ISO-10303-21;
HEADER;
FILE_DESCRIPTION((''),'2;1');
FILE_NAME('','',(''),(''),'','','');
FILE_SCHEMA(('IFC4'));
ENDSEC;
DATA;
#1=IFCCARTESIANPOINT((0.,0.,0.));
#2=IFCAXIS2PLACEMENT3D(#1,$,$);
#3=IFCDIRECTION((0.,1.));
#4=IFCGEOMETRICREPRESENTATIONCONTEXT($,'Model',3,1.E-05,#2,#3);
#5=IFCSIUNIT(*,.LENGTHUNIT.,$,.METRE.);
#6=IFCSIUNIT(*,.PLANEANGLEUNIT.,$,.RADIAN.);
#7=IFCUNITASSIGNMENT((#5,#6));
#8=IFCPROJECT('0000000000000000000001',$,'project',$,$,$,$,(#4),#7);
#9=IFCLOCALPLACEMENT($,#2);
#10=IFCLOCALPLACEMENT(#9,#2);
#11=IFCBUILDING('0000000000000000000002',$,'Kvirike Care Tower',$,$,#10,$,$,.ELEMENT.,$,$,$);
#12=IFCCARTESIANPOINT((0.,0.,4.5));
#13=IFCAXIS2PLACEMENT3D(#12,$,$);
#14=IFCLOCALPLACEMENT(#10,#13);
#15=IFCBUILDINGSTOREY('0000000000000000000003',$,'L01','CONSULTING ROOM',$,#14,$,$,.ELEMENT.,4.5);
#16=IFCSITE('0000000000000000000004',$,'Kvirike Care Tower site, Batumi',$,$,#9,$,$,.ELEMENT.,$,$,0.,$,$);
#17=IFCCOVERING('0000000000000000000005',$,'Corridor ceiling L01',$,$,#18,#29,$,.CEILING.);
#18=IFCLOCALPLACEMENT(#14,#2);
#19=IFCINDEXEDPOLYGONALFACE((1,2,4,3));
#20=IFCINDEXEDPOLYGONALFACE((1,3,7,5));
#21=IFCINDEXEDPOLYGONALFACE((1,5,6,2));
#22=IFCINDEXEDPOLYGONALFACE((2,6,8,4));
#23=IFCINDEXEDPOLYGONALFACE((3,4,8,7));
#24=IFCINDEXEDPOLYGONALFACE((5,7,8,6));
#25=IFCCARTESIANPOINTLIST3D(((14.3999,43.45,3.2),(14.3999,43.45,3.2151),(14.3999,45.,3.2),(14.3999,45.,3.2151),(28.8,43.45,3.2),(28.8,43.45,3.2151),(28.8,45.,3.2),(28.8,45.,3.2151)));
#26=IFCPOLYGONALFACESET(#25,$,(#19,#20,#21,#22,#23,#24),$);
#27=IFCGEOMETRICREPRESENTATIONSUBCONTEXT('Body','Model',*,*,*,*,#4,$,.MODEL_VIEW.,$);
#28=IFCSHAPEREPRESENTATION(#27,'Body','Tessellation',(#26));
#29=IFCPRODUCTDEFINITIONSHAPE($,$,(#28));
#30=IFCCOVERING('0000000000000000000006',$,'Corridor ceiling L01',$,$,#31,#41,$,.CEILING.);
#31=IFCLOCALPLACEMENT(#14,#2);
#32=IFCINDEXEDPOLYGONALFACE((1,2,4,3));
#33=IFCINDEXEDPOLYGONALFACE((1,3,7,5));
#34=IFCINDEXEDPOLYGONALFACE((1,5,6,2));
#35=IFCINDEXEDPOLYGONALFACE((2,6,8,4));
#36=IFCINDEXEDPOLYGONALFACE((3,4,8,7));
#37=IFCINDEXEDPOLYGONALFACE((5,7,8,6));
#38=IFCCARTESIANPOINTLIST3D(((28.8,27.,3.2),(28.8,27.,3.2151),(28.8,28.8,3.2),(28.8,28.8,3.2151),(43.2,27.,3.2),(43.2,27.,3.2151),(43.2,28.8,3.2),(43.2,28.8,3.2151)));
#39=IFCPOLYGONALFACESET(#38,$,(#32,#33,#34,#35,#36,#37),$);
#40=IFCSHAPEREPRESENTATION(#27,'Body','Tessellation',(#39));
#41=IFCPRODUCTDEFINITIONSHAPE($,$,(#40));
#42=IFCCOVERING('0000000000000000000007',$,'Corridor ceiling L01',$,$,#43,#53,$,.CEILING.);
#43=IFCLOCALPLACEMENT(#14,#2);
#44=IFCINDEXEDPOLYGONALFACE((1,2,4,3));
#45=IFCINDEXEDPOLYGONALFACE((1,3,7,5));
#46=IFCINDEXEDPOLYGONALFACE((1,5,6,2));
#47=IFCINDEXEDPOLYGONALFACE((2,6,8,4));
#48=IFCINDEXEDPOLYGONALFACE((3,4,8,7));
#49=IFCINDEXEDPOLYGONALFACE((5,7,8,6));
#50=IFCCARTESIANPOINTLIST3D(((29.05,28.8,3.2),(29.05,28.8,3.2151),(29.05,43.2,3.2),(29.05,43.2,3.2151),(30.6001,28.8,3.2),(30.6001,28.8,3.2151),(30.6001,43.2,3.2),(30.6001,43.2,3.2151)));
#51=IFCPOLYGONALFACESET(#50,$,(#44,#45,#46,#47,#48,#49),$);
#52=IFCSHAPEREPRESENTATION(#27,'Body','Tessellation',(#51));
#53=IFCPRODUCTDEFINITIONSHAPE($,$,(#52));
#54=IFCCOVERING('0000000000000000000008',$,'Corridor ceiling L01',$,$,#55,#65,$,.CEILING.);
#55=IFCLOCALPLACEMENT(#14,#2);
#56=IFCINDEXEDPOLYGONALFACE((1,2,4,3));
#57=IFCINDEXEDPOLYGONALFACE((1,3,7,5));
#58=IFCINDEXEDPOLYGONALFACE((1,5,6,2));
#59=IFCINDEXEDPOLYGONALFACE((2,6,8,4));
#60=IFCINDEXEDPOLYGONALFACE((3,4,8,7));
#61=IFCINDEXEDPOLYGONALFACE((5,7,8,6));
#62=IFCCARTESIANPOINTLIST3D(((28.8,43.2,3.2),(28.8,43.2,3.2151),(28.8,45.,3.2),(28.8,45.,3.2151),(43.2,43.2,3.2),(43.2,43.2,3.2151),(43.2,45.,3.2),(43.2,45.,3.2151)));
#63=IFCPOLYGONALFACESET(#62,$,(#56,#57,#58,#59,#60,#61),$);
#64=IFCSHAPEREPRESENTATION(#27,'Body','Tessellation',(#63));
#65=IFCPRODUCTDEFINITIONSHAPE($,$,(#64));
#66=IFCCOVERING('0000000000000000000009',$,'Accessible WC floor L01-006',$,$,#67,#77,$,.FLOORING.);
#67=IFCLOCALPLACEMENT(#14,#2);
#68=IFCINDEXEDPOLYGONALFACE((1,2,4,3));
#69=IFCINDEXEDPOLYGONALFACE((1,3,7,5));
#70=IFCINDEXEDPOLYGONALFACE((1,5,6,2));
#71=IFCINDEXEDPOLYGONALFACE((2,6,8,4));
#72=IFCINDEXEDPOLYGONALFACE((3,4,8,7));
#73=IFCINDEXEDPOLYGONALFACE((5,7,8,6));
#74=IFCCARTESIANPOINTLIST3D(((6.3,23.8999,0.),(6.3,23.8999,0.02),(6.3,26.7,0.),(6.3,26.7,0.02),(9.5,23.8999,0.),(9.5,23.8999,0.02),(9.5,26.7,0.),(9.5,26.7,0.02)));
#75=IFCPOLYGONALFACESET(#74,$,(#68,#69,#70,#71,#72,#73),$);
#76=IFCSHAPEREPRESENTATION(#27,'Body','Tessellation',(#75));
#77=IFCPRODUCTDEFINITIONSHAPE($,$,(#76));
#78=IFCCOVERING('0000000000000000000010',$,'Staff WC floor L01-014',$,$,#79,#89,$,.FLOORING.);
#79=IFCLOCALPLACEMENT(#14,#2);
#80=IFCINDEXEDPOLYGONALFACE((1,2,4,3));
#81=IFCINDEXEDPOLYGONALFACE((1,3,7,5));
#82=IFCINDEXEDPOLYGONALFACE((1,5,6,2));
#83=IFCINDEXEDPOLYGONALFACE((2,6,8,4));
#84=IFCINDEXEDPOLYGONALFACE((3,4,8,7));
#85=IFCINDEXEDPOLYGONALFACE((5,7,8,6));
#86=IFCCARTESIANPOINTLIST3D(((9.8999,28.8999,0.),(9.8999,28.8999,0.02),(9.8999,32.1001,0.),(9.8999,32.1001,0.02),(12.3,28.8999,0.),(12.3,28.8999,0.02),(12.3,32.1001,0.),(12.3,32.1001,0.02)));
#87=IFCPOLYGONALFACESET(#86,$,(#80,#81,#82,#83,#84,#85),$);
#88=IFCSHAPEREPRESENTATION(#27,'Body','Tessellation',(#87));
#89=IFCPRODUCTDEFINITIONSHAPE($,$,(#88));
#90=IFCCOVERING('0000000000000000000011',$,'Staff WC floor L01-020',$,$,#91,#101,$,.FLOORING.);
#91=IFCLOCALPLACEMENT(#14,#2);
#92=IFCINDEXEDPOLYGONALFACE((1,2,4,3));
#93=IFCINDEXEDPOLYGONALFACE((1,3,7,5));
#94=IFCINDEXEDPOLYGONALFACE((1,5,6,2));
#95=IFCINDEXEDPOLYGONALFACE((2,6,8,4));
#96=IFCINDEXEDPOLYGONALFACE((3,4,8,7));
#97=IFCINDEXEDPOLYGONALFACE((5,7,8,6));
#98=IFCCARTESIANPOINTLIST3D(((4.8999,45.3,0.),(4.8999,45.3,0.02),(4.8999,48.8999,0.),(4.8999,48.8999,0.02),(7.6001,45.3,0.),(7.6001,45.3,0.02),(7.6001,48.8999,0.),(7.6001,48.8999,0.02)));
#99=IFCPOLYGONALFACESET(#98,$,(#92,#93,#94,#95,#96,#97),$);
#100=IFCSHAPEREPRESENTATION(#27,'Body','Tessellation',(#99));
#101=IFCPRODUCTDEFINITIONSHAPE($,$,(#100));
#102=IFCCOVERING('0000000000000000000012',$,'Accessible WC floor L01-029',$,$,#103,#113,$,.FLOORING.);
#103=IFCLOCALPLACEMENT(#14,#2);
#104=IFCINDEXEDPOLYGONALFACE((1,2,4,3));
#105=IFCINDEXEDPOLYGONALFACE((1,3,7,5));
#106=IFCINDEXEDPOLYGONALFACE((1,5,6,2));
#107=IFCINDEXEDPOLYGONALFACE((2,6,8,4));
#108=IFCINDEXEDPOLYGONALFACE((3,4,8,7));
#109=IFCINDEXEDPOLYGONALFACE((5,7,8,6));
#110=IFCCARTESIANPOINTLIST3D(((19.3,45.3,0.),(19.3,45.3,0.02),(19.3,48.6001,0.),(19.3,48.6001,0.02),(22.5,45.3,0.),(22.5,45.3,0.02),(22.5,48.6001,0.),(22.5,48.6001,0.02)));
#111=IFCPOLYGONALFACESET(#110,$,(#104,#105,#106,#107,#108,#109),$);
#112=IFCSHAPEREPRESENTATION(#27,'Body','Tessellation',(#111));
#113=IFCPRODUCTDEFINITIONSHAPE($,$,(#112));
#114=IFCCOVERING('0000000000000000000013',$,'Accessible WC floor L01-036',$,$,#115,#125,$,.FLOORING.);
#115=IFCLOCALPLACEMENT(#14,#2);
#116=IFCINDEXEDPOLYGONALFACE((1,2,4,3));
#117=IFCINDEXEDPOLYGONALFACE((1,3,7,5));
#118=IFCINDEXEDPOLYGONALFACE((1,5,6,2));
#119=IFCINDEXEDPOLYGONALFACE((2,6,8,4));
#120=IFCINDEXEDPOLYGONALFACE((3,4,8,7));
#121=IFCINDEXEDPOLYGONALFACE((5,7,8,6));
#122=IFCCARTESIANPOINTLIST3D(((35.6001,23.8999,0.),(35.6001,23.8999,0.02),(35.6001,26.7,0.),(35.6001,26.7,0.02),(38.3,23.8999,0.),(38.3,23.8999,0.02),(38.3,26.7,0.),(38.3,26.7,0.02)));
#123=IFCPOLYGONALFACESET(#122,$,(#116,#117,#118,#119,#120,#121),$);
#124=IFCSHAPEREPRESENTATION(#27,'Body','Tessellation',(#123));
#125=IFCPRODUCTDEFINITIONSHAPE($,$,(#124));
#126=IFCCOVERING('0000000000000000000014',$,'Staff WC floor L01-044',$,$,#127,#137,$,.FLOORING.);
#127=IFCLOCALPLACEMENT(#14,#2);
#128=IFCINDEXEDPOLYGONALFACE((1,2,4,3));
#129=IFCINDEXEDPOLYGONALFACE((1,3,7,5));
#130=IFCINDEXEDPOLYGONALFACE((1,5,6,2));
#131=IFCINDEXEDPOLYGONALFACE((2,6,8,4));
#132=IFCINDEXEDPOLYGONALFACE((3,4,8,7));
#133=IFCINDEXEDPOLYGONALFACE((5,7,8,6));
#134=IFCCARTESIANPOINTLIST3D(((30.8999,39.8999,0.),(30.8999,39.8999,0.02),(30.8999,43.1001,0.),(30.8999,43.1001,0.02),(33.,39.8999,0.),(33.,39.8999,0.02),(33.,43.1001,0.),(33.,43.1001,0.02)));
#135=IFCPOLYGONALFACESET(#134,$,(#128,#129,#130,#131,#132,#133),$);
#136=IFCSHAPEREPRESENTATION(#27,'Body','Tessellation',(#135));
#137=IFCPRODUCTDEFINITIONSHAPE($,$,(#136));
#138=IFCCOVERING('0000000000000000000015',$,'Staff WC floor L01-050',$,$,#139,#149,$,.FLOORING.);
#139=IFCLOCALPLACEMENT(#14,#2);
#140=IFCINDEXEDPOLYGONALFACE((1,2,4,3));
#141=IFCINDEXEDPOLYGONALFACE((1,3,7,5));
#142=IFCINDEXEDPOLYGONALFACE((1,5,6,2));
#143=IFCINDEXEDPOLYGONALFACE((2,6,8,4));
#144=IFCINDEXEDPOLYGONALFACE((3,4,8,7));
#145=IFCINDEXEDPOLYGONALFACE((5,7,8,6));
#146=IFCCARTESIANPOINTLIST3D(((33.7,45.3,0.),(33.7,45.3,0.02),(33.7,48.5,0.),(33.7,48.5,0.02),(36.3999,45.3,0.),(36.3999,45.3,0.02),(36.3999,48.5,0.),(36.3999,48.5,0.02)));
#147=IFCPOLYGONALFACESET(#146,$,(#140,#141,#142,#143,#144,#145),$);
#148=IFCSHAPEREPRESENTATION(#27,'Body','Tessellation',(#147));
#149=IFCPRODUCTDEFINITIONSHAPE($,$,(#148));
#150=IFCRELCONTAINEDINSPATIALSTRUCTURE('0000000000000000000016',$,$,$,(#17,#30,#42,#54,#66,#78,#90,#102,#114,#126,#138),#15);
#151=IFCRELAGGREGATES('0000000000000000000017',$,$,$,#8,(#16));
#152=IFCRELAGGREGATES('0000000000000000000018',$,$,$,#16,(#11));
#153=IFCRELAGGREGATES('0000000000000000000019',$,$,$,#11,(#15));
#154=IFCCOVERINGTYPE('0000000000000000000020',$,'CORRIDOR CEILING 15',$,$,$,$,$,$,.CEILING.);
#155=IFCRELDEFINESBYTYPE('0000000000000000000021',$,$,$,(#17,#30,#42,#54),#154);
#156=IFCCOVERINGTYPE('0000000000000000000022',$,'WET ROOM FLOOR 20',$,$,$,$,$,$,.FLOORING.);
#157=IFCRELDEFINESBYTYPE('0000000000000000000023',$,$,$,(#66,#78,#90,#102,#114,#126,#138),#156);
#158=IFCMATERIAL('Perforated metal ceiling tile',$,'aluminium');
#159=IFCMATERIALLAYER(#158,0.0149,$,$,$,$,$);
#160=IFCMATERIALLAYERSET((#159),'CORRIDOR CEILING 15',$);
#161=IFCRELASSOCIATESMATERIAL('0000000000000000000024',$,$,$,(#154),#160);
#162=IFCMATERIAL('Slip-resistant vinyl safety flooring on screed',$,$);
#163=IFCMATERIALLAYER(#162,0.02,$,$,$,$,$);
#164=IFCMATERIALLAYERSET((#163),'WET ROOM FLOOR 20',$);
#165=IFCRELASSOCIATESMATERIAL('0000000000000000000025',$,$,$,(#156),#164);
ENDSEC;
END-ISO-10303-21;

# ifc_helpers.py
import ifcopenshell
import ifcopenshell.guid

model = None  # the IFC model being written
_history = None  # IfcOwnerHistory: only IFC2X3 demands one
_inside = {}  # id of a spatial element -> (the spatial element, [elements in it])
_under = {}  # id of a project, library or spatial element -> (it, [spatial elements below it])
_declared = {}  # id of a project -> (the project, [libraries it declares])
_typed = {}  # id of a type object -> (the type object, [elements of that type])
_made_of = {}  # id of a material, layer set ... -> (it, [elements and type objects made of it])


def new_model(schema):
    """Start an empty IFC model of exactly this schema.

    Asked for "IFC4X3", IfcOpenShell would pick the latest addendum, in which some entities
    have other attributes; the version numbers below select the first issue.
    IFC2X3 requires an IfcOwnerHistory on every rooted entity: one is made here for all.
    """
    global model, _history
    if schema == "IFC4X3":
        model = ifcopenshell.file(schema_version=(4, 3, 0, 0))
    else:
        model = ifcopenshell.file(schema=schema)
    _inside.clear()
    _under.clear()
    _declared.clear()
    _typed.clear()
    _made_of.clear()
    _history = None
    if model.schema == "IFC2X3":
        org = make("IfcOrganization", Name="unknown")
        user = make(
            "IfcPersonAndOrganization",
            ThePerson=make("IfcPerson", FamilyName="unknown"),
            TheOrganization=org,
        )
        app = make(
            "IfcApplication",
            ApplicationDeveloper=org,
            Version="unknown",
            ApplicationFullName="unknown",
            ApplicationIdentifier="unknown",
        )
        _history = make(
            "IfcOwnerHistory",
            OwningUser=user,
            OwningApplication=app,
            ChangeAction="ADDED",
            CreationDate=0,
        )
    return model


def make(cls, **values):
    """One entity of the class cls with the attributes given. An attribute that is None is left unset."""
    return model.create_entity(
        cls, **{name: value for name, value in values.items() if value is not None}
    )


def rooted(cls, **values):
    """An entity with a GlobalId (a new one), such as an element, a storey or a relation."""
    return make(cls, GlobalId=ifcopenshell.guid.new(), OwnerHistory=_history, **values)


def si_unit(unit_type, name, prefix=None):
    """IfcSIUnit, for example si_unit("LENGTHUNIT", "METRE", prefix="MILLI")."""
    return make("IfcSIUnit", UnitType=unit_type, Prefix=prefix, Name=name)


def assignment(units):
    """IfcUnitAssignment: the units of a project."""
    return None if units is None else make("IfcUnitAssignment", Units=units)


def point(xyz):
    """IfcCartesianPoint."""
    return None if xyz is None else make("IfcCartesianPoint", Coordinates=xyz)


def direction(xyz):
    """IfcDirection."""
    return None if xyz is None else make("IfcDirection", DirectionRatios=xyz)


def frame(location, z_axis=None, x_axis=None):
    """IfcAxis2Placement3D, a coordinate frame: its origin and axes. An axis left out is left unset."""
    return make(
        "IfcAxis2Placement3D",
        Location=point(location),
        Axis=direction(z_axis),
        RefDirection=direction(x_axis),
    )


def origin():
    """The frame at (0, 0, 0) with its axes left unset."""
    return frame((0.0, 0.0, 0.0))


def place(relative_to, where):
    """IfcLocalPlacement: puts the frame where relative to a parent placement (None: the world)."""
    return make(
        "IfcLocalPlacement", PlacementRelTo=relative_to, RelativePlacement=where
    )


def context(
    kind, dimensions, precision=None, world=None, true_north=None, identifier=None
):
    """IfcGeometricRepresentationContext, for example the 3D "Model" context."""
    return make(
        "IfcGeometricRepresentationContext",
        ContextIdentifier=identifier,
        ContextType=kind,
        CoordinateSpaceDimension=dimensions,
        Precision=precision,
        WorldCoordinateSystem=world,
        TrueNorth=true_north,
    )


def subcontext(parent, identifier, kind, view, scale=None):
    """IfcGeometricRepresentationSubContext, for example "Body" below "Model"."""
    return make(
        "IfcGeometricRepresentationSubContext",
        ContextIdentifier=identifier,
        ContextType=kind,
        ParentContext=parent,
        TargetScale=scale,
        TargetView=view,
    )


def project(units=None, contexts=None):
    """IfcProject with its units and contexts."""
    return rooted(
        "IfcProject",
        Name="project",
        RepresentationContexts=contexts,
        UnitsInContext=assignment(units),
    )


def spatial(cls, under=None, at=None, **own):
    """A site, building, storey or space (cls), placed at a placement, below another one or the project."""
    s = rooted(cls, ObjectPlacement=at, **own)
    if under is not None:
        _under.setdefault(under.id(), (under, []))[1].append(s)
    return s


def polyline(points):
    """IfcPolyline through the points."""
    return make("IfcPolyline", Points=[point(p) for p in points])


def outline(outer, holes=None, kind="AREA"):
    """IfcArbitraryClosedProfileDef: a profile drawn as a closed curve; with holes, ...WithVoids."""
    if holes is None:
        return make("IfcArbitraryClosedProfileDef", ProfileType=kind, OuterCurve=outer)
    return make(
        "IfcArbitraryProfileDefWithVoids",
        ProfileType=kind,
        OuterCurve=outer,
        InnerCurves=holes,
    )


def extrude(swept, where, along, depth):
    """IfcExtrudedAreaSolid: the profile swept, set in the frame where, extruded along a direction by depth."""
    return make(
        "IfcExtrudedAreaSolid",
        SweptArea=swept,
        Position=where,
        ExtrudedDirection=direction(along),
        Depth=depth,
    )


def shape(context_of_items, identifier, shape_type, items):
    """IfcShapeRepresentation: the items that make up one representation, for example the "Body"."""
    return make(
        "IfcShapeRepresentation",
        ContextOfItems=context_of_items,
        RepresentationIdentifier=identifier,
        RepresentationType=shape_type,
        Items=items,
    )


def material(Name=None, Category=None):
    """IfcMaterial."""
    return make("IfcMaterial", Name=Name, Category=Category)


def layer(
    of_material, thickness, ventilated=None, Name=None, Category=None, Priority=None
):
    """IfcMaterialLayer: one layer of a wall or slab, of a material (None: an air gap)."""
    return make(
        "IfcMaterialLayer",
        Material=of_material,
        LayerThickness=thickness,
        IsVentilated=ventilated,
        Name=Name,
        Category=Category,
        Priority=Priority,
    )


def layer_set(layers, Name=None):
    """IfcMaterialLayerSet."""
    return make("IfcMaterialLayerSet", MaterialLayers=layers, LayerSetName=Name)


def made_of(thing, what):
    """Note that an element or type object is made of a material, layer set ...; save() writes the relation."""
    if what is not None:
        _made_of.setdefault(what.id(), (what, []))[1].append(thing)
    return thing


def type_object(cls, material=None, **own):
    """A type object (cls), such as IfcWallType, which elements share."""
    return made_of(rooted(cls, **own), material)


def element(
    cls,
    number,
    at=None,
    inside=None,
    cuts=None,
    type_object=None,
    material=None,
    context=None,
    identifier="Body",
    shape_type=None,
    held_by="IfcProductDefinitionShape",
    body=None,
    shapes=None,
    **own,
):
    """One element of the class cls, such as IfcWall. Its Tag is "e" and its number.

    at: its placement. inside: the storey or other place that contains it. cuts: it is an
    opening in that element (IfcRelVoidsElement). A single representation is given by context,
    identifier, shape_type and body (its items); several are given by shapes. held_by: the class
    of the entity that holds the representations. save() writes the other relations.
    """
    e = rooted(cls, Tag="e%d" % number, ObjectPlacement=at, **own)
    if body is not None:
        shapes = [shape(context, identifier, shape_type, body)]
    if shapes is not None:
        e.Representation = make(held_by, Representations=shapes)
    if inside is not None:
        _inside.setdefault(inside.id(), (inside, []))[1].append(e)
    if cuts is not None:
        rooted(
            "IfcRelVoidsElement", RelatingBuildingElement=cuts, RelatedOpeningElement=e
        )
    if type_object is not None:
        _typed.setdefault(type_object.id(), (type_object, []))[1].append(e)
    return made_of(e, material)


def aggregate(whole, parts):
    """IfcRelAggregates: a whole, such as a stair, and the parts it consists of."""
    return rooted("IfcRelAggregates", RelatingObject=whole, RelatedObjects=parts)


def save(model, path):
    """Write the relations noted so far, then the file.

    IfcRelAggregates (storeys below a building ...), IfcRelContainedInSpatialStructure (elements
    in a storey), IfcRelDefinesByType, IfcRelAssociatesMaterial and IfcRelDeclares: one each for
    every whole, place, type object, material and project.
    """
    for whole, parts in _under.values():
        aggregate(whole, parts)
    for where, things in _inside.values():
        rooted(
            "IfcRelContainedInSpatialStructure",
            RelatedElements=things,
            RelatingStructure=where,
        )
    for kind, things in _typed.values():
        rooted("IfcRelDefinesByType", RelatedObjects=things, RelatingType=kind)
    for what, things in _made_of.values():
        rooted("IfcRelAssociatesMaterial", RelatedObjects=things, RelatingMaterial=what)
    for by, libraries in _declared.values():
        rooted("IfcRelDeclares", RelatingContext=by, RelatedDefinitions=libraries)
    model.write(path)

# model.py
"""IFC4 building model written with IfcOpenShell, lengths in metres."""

from ifc_helpers import new_model, si_unit, direction, frame, origin, place, context, subcontext, project, spatial, polyline, outline, extrude, material, layer, layer_set, type_object, element, save


model = new_model("IFC4")

# Units and contexts
model_context = context("Model", 3, precision=1e-05, world=origin(), true_north=direction((0.0, 1.0)))
body_context = subcontext(model_context, "Body", "Model", "MODEL_VIEW")
ifc_project = project(units=[si_unit("LENGTHUNIT", "METRE"), si_unit("PLANEANGLEUNIT", "RADIAN")], contexts=[model_context])

# Site, building, storey
site_placement = place(None, origin())
site = spatial("IfcSite", under=ifc_project, at=site_placement, Name="Kvirike Care Tower site, Batumi", CompositionType="ELEMENT", RefElevation=0.0)
building_placement = place(site_placement, origin())
building = spatial("IfcBuilding", under=site, at=building_placement, Name="Kvirike Care Tower", CompositionType="ELEMENT")
storey_placement = place(building_placement, frame((0.0, 0.0, 4.5)))
storey = spatial("IfcBuildingStorey", under=building, at=storey_placement, Name="L01", Description="CONSULTING ROOM", CompositionType="ELEMENT", Elevation=4.5)

# Coverings
ifc_material_1 = material(Name="Perforated metal ceiling tile", Category="aluminium")
ifc_layer_1 = layer(ifc_material_1, 0.0149)
ifc_layer_set_1 = layer_set([ifc_layer_1], Name="CORRIDOR CEILING 15")
covering_type_1 = type_object("IfcCoveringType", Name="CORRIDOR CEILING 15", PredefinedType="CEILING", material=ifc_layer_set_1)
covering_1_placement = place(storey_placement, frame((0.0, 0.0, 3.2)))
element("IfcCovering", 1, at=covering_1_placement, inside=storey, type_object=covering_type_1, Name="Corridor ceiling L01", PredefinedType="CEILING", context=body_context, shape_type="SweptSolid", body=[
    extrude(outline(polyline([(28.8, 45.0), (28.8, 43.45), (14.3999, 43.45), (14.3999, 45.0), (28.8, 45.0)])), origin(), (0.0, 0.0, 1.0), 0.0151),
])
covering_2_placement = place(storey_placement, frame((0.0, 0.0, 3.2)))
element("IfcCovering", 2, at=covering_2_placement, inside=storey, type_object=covering_type_1, Name="Corridor ceiling L01", PredefinedType="CEILING", context=body_context, shape_type="SweptSolid", body=[
    extrude(outline(polyline([(28.8, 27.0), (28.8, 28.8), (43.2, 28.8), (43.2, 27.0), (28.8, 27.0)])), origin(), (0.0, 0.0, 1.0), 0.0151),
])
covering_3_placement = place(storey_placement, frame((0.0, 0.0, 3.2)))
element("IfcCovering", 3, at=covering_3_placement, inside=storey, type_object=covering_type_1, Name="Corridor ceiling L01", PredefinedType="CEILING", context=body_context, shape_type="SweptSolid", body=[
    extrude(outline(polyline([(30.6001, 28.8), (29.05, 28.8), (29.05, 43.2), (30.6001, 43.2), (30.6001, 28.8)])), origin(), (0.0, 0.0, 1.0), 0.0151),
])
covering_4_placement = place(storey_placement, frame((0.0, 0.0, 3.2)))
element("IfcCovering", 4, at=covering_4_placement, inside=storey, type_object=covering_type_1, Name="Corridor ceiling L01", PredefinedType="CEILING", context=body_context, shape_type="SweptSolid", body=[
    extrude(outline(polyline([(43.2, 45.0), (43.2, 43.2), (28.8, 43.2), (28.8, 45.0), (43.2, 45.0)])), origin(), (0.0, 0.0, 1.0), 0.0151),
])
ifc_material_2 = material(Name="Slip-resistant vinyl safety flooring on screed")
ifc_layer_2 = layer(ifc_material_2, 0.02)
ifc_layer_set_2 = layer_set([ifc_layer_2], Name="WET ROOM FLOOR 20")
covering_type_2 = type_object("IfcCoveringType", Name="WET ROOM FLOOR 20", PredefinedType="FLOORING", material=ifc_layer_set_2)
covering_5_placement = place(storey_placement, origin())
element("IfcCovering", 5, at=covering_5_placement, inside=storey, type_object=covering_type_2, Name="Accessible WC floor L01-006", PredefinedType="FLOORING", context=body_context, shape_type="SweptSolid", body=[
    extrude(outline(polyline([(6.3, 26.7), (9.5, 26.7), (9.5, 23.8999), (6.3, 23.8999), (6.3, 26.7)])), origin(), (0.0, 0.0, 1.0), 0.02),
])
covering_6_placement = place(storey_placement, origin())
element("IfcCovering", 6, at=covering_6_placement, inside=storey, type_object=covering_type_2, Name="Staff WC floor L01-014", PredefinedType="FLOORING", context=body_context, shape_type="SweptSolid", body=[
    extrude(outline(polyline([(12.3, 32.1001), (12.3, 28.8999), (9.8999, 28.8999), (9.8999, 32.1001), (12.3, 32.1001)])), origin(), (0.0, 0.0, 1.0), 0.02),
])
covering_7_placement = place(storey_placement, origin())
element("IfcCovering", 7, at=covering_7_placement, inside=storey, type_object=covering_type_2, Name="Staff WC floor L01-020", PredefinedType="FLOORING", context=body_context, shape_type="SweptSolid", body=[
    extrude(outline(polyline([(7.6001, 45.3), (4.8999, 45.3), (4.8999, 48.8999), (7.6001, 48.8999), (7.6001, 45.3)])), origin(), (0.0, 0.0, 1.0), 0.02),
])
covering_8_placement = place(storey_placement, origin())
element("IfcCovering", 8, at=covering_8_placement, inside=storey, type_object=covering_type_2, Name="Accessible WC floor L01-029", PredefinedType="FLOORING", context=body_context, shape_type="SweptSolid", body=[
    extrude(outline(polyline([(22.5, 45.3), (19.3, 45.3), (19.3, 48.6001), (22.5, 48.6001), (22.5, 45.3)])), origin(), (0.0, 0.0, 1.0), 0.02),
])
covering_9_placement = place(storey_placement, origin())
element("IfcCovering", 9, at=covering_9_placement, inside=storey, type_object=covering_type_2, Name="Accessible WC floor L01-036", PredefinedType="FLOORING", context=body_context, shape_type="SweptSolid", body=[
    extrude(outline(polyline([(35.6001, 26.7), (38.3, 26.7), (38.3, 23.8999), (35.6001, 23.8999), (35.6001, 26.7)])), origin(), (0.0, 0.0, 1.0), 0.02),
])
covering_10_placement = place(storey_placement, origin())
element("IfcCovering", 10, at=covering_10_placement, inside=storey, type_object=covering_type_2, Name="Staff WC floor L01-044", PredefinedType="FLOORING", context=body_context, shape_type="SweptSolid", body=[
    extrude(outline(polyline([(30.8999, 39.8999), (30.8999, 43.1001), (33.0, 43.1001), (33.0, 39.8999), (30.8999, 39.8999)])), origin(), (0.0, 0.0, 1.0), 0.02),
])
covering_11_placement = place(storey_placement, origin())
element("IfcCovering", 11, at=covering_11_placement, inside=storey, type_object=covering_type_2, Name="Staff WC floor L01-050", PredefinedType="FLOORING", context=body_context, shape_type="SweptSolid", body=[
    extrude(outline(polyline([(36.3999, 45.3), (33.7, 45.3), (33.7, 48.5), (36.3999, 48.5), (36.3999, 45.3)])), origin(), (0.0, 0.0, 1.0), 0.02),
])

save(model, "model.ifc")
